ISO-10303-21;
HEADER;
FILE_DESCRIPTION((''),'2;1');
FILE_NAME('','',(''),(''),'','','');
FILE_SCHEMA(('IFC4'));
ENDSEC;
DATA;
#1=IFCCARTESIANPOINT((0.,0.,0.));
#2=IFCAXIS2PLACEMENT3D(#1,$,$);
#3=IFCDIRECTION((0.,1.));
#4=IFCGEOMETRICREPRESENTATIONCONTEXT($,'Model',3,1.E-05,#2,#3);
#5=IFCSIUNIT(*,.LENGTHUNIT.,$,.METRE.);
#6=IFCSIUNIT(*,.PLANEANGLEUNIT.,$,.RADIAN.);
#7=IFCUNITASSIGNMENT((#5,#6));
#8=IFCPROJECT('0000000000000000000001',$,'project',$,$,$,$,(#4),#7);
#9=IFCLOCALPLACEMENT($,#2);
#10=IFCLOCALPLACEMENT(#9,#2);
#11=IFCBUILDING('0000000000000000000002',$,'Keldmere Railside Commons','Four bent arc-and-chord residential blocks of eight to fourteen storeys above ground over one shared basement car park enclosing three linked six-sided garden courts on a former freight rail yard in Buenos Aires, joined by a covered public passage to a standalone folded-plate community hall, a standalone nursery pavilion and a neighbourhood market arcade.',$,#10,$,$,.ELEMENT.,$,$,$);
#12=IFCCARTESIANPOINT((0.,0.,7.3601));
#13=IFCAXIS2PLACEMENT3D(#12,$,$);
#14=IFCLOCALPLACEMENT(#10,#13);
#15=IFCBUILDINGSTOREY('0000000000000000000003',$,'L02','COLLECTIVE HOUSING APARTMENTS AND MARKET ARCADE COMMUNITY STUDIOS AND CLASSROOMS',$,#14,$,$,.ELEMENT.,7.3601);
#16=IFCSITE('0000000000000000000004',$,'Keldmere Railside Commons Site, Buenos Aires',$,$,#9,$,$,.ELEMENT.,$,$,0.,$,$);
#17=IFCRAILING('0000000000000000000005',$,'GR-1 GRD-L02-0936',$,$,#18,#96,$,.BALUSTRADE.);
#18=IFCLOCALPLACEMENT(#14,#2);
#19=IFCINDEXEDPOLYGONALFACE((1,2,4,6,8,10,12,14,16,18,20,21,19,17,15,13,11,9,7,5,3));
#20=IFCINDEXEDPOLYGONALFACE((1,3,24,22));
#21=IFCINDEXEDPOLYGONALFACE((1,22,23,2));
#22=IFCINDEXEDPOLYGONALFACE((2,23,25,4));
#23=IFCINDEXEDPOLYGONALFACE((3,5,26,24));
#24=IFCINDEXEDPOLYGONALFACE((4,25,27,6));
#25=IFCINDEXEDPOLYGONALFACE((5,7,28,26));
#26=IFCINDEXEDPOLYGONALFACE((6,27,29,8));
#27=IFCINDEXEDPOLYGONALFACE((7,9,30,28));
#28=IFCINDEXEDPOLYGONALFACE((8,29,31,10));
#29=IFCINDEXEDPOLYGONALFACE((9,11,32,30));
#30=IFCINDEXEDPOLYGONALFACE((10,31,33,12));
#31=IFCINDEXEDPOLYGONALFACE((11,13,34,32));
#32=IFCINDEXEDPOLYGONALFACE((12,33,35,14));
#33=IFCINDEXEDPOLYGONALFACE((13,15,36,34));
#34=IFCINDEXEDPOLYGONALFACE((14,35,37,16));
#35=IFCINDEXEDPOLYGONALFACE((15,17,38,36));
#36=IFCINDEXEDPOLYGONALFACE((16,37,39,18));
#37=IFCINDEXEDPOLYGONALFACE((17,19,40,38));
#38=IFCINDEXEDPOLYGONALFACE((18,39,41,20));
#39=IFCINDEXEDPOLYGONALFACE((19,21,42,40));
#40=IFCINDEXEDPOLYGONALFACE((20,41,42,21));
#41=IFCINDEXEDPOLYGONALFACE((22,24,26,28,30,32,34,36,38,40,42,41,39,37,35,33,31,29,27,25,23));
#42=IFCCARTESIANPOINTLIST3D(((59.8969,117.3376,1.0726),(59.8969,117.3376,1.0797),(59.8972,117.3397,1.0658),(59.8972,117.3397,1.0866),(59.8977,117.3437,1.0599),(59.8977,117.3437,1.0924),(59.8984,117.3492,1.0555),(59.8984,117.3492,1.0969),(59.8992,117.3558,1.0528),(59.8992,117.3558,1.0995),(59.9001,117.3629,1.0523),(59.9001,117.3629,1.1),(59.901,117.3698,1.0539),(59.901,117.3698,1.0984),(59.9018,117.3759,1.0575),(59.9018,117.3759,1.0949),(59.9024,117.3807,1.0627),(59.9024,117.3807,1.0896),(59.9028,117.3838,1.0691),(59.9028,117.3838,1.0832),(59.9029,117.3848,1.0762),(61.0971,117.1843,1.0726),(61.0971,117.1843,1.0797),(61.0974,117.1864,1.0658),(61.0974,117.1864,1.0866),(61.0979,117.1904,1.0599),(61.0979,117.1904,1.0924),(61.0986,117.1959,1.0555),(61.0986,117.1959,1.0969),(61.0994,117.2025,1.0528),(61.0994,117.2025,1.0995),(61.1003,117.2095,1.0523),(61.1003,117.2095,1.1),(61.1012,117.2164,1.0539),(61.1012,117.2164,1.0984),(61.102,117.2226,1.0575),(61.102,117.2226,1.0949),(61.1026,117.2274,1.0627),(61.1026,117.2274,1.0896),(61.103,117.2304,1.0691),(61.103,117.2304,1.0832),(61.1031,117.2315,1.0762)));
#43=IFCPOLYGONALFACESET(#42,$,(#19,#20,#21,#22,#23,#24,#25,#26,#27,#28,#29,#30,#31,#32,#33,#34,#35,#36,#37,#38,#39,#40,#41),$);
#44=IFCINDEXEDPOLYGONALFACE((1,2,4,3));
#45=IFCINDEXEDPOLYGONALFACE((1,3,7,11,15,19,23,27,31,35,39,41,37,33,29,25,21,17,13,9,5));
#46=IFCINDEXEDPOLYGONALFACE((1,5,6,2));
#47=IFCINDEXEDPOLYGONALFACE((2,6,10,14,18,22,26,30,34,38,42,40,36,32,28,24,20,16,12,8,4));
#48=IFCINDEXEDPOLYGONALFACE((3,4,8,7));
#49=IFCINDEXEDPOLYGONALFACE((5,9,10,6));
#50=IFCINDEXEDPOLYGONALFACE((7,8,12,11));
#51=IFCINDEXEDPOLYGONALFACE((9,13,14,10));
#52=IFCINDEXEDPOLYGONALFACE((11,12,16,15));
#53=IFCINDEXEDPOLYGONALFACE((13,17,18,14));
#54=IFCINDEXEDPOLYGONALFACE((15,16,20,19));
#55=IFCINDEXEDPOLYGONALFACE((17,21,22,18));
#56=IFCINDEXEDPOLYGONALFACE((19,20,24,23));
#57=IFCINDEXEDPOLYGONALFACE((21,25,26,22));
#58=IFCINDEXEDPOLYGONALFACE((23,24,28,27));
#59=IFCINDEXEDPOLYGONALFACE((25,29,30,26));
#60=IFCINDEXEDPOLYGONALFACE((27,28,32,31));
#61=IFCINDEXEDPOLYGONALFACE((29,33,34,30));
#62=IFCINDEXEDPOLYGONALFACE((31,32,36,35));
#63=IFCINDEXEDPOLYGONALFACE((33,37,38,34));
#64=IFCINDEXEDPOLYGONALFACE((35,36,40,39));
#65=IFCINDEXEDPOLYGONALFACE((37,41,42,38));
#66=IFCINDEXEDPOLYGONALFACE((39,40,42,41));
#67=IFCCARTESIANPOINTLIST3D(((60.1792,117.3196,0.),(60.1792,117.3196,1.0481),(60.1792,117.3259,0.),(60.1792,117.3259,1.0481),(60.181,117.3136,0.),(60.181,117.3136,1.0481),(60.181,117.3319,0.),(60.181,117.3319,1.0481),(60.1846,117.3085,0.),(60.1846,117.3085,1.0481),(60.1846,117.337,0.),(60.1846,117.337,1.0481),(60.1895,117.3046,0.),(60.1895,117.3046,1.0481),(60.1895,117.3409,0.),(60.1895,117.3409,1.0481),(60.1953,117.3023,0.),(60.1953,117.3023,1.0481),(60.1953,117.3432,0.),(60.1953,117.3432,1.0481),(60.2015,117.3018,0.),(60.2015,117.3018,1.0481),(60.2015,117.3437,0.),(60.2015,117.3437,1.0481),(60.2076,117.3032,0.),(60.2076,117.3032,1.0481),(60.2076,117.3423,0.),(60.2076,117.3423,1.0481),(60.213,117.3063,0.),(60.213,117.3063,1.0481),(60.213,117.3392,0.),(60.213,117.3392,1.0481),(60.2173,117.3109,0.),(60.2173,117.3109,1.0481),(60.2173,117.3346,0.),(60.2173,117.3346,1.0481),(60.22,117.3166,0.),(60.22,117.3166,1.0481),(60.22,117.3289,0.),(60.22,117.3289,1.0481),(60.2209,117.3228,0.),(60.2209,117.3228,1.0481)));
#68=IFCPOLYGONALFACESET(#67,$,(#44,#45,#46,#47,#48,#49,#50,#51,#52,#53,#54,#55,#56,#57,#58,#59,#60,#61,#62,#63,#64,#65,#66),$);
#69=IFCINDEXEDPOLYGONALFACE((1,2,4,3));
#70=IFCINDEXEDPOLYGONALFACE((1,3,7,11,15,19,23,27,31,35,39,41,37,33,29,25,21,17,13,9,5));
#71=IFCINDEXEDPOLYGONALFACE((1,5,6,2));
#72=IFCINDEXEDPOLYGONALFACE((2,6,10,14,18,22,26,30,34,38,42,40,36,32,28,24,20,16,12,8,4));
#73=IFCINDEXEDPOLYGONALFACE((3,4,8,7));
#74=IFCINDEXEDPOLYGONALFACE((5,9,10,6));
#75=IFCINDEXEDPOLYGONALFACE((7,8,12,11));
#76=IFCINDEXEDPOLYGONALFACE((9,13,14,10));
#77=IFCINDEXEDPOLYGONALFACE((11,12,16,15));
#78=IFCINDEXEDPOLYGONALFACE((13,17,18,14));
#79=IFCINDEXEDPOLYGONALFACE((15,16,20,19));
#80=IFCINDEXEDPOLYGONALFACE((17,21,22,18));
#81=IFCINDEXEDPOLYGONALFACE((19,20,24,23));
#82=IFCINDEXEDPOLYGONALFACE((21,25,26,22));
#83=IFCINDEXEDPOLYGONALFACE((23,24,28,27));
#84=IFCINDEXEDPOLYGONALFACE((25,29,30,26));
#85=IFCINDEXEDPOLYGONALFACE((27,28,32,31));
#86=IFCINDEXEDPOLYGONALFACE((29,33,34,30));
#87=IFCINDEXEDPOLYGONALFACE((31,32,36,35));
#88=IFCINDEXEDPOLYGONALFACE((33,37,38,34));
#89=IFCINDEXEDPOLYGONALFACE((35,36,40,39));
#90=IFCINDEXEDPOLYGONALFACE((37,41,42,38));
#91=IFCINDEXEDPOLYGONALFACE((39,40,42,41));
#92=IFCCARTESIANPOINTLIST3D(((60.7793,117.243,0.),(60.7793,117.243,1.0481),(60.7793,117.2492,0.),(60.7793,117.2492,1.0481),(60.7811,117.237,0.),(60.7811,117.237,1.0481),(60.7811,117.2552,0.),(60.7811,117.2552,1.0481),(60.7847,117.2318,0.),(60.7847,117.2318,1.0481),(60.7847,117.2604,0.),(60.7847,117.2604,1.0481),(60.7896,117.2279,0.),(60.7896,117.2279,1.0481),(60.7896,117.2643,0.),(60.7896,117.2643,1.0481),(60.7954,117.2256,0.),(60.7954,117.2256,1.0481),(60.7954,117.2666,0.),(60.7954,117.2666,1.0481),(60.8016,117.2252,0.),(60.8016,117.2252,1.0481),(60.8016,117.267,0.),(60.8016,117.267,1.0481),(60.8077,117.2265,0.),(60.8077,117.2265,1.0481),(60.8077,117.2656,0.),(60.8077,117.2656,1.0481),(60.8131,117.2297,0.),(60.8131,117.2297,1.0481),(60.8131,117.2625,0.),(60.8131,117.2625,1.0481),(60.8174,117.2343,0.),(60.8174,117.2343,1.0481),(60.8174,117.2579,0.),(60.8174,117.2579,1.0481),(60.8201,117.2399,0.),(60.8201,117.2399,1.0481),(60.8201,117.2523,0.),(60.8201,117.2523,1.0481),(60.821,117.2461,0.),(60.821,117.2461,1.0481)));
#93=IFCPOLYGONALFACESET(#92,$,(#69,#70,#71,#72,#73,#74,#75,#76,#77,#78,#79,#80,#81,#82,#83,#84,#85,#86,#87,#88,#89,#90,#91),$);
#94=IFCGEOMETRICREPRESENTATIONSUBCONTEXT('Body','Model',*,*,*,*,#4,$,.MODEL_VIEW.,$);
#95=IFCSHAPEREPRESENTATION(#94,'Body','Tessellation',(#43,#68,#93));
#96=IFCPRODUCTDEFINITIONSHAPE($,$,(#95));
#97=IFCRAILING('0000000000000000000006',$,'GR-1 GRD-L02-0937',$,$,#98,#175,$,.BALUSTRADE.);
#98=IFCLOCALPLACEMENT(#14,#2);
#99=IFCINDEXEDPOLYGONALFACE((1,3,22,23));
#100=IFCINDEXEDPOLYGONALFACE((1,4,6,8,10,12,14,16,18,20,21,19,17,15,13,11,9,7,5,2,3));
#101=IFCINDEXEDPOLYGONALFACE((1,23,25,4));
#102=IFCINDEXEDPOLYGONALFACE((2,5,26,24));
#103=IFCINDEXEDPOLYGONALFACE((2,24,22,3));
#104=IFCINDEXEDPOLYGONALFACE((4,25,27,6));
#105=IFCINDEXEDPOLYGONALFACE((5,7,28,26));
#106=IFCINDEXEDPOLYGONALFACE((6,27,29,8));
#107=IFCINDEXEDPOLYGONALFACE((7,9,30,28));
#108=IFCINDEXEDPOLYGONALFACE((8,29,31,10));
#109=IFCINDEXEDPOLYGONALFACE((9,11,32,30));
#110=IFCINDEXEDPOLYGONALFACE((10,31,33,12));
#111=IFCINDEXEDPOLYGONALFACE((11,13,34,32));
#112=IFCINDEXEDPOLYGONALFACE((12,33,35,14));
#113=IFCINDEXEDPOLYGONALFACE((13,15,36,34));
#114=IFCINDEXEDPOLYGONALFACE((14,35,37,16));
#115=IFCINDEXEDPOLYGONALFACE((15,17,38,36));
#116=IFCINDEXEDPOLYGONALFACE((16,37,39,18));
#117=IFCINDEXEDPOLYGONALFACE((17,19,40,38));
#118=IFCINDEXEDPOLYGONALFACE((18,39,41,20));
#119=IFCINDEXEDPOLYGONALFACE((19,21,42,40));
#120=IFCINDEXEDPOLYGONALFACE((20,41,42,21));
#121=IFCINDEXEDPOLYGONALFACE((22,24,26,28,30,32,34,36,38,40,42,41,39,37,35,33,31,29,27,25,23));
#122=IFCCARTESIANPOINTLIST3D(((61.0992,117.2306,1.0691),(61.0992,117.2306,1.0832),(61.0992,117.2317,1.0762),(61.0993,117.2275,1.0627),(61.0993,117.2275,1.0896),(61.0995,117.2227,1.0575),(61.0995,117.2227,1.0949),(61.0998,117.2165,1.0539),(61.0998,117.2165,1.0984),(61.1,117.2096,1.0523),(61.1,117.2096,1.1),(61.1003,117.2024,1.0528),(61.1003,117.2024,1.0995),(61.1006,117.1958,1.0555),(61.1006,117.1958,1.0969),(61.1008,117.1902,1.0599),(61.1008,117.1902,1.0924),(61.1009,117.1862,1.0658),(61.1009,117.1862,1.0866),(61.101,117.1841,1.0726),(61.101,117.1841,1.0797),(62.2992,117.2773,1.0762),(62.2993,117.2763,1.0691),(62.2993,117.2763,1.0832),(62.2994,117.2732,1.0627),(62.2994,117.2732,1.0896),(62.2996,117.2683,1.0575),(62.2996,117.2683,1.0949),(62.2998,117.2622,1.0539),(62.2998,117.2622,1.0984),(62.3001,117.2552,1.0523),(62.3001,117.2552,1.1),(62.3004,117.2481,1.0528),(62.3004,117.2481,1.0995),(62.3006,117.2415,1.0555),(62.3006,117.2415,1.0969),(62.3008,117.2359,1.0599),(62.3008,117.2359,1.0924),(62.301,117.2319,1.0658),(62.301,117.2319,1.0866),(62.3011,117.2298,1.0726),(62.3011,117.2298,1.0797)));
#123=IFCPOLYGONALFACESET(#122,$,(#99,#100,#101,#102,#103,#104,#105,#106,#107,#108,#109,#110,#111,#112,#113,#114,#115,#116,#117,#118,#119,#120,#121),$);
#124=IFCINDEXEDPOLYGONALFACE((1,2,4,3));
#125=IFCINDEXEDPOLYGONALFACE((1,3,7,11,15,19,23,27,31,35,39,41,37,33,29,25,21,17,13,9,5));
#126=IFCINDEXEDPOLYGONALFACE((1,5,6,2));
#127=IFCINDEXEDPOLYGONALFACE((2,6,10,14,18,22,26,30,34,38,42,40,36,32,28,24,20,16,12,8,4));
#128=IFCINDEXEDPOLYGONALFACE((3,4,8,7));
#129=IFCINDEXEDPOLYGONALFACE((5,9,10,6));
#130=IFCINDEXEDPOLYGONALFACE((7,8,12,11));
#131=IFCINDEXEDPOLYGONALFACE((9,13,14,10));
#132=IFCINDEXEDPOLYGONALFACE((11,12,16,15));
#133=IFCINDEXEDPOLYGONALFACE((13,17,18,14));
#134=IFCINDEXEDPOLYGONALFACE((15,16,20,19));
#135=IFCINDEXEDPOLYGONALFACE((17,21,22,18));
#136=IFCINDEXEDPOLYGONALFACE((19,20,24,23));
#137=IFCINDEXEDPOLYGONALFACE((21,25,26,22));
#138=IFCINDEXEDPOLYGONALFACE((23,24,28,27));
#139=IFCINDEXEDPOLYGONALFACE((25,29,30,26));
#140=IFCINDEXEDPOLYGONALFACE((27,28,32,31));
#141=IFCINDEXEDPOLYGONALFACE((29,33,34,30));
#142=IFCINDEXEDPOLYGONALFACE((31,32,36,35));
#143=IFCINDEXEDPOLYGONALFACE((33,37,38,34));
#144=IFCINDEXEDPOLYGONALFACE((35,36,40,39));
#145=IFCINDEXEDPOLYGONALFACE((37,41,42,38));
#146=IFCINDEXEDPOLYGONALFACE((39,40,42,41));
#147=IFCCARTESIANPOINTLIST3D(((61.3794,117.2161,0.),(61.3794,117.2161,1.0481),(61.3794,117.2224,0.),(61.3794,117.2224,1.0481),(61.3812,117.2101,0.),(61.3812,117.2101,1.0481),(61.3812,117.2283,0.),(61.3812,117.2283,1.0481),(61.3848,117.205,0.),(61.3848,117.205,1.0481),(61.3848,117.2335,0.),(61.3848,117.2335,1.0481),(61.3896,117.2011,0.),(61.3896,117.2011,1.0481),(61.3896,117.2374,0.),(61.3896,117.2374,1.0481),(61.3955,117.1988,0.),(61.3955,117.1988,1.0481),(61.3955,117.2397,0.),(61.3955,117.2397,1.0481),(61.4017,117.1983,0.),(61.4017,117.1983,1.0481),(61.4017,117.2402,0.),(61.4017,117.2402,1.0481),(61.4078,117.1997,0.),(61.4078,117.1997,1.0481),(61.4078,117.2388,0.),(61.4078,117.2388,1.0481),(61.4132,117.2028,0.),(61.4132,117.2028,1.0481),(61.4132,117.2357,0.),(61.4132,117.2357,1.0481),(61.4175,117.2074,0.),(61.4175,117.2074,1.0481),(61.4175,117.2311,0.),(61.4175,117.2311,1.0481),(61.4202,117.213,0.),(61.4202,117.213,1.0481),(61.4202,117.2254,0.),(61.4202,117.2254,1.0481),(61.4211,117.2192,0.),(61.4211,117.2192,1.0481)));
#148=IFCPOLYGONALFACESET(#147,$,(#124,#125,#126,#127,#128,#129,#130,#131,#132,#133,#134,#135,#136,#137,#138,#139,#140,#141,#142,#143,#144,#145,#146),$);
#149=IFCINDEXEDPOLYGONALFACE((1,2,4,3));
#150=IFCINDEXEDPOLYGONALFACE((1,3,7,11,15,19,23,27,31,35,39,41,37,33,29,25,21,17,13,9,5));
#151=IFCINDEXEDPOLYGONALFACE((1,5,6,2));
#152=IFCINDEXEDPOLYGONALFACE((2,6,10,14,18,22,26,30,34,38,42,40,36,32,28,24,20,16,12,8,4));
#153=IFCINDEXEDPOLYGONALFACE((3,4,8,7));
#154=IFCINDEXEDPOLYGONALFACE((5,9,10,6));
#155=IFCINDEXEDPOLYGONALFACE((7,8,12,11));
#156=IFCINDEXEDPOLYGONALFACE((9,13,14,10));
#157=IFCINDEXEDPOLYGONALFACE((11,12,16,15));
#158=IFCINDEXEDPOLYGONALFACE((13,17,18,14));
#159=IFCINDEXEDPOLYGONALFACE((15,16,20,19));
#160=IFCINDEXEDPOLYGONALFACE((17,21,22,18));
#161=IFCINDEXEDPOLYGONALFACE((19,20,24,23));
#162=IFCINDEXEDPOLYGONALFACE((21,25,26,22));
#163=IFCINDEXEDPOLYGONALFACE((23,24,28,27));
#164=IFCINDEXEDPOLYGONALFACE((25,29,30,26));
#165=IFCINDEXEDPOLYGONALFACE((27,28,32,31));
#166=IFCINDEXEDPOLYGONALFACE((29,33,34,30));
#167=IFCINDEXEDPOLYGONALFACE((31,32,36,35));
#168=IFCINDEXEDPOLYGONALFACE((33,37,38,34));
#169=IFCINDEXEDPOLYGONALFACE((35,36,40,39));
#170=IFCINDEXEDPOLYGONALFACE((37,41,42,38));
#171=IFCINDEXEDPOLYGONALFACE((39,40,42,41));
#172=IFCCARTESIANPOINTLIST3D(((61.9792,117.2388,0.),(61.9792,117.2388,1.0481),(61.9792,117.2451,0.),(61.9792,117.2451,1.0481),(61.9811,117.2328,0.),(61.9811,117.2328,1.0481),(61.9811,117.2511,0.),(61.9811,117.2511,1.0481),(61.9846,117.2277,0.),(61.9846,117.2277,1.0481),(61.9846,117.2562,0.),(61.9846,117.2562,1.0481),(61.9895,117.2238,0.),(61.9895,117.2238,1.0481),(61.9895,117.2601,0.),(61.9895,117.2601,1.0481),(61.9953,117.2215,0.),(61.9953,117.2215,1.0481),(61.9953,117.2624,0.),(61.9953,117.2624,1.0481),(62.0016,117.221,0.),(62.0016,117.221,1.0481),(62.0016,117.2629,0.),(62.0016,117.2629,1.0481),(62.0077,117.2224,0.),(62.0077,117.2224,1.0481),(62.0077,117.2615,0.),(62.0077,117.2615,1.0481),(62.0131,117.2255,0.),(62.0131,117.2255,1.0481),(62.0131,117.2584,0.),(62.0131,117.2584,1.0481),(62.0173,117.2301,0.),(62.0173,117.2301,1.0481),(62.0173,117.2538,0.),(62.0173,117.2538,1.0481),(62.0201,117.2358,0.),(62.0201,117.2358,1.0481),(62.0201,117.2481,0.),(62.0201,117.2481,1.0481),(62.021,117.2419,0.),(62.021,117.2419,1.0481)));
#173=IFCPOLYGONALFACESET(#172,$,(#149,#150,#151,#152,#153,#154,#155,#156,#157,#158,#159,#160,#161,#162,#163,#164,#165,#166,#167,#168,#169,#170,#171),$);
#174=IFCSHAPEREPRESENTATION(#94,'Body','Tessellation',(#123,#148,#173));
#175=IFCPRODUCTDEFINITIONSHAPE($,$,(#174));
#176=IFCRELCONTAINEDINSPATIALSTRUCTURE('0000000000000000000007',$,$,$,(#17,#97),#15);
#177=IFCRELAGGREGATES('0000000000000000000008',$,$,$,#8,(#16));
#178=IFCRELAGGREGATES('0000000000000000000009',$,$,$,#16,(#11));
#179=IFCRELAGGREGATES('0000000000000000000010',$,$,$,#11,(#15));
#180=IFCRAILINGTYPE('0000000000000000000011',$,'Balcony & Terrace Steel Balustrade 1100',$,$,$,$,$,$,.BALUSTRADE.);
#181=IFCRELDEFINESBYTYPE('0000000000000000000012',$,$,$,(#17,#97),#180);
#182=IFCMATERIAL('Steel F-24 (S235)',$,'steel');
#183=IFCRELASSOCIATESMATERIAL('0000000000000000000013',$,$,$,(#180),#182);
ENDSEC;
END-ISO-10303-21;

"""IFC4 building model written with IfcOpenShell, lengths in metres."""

from ifc_helpers import new_model, si_unit, direction, frame, origin, origin_2d, place, context, subcontext, project, spatial, circle, extrude, material, type_object, element, save


model = new_model("IFC4")

# Units and contexts
model_context = context("Model", 3, precision=1e-05, world=origin(), true_north=direction((0.0, 1.0)))
body_context = subcontext(model_context, "Body", "Model", "MODEL_VIEW")
ifc_project = project(units=[si_unit("LENGTHUNIT", "METRE"), si_unit("PLANEANGLEUNIT", "RADIAN")], contexts=[model_context])

# Site, building, storey
site_placement = place(None, origin())
site = spatial("IfcSite", under=ifc_project, at=site_placement, Name="Keldmere Railside Commons Site, Buenos Aires", CompositionType="ELEMENT", RefElevation=0.0)
building_placement = place(site_placement, origin())
building = spatial("IfcBuilding", under=site, at=building_placement, Name="Keldmere Railside Commons", Description="Four bent arc-and-chord residential blocks of eight to fourteen storeys above ground over one shared basement car park enclosing three linked six-sided garden courts on a former freight rail yard in Buenos Aires, joined by a covered public passage to a standalone folded-plate community hall, a standalone nursery pavilion and a neighbourhood market arcade.", CompositionType="ELEMENT")
storey_placement = place(building_placement, frame((0.0, 0.0, 7.3601)))
storey = spatial("IfcBuildingStorey", under=building, at=storey_placement, Name="L02", Description="COLLECTIVE HOUSING APARTMENTS AND MARKET ARCADE COMMUNITY STUDIOS AND CLASSROOMS", CompositionType="ELEMENT", Elevation=7.3601)

# Railings
ifc_material_1 = material(Name="Steel F-24 (S235)", Category="steel")
railing_type = type_object("IfcRailingType", Name="Balcony & Terrace Steel Balustrade 1100", PredefinedType="BALUSTRADE", material=ifc_material_1)
railing_1_placement = place(storey_placement, frame((59.8999, 117.3611, 0.0)))
element("IfcRailing", 1, at=railing_1_placement, inside=storey, type_object=railing_type, Name="GR-1 GRD-L02-0936", PredefinedType="BALUSTRADE", context=body_context, shape_type="SweptSolid", body=[
    extrude(circle(Radius=0.0239, at=origin_2d()), frame((0.0, 0.0, 1.0762), z_axis=(0.991939, -0.126716, 0.0), x_axis=(0.126716, 0.991939, 0.0)), (0.0, 0.0, 1.0), 1.21),
    extrude(circle(Radius=0.021, at=origin_2d()), frame((0.3, -0.0383, 0.0)), (0.0, 0.0, 1.0), 1.0481),
    extrude(circle(Radius=0.021, at=origin_2d()), frame((0.9001, -0.115, 0.0)), (0.0, 0.0, 1.0), 1.0481),
])
railing_2_placement = place(storey_placement, frame((61.1001, 117.2078, 0.0)))
element("IfcRailing", 2, at=railing_2_placement, inside=storey, type_object=railing_type, Name="GR-1 GRD-L02-0937", PredefinedType="BALUSTRADE", context=body_context, shape_type="SweptSolid", body=[
    extrude(circle(Radius=0.0239, at=origin_2d()), frame((0.0, 0.0, 1.0762), z_axis=(0.999277, 0.038019, 0.0), x_axis=(-0.038019, 0.999277, 0.0)), (0.0, 0.0, 1.0), 1.2009),
    extrude(circle(Radius=0.021, at=origin_2d()), frame((0.3, 0.0115, 0.0)), (0.0, 0.0, 1.0), 1.0481),
    extrude(circle(Radius=0.021, at=origin_2d()), frame((0.8999, 0.0342, 0.0)), (0.0, 0.0, 1.0), 1.0481),
])

save(model, "model.ifc")
